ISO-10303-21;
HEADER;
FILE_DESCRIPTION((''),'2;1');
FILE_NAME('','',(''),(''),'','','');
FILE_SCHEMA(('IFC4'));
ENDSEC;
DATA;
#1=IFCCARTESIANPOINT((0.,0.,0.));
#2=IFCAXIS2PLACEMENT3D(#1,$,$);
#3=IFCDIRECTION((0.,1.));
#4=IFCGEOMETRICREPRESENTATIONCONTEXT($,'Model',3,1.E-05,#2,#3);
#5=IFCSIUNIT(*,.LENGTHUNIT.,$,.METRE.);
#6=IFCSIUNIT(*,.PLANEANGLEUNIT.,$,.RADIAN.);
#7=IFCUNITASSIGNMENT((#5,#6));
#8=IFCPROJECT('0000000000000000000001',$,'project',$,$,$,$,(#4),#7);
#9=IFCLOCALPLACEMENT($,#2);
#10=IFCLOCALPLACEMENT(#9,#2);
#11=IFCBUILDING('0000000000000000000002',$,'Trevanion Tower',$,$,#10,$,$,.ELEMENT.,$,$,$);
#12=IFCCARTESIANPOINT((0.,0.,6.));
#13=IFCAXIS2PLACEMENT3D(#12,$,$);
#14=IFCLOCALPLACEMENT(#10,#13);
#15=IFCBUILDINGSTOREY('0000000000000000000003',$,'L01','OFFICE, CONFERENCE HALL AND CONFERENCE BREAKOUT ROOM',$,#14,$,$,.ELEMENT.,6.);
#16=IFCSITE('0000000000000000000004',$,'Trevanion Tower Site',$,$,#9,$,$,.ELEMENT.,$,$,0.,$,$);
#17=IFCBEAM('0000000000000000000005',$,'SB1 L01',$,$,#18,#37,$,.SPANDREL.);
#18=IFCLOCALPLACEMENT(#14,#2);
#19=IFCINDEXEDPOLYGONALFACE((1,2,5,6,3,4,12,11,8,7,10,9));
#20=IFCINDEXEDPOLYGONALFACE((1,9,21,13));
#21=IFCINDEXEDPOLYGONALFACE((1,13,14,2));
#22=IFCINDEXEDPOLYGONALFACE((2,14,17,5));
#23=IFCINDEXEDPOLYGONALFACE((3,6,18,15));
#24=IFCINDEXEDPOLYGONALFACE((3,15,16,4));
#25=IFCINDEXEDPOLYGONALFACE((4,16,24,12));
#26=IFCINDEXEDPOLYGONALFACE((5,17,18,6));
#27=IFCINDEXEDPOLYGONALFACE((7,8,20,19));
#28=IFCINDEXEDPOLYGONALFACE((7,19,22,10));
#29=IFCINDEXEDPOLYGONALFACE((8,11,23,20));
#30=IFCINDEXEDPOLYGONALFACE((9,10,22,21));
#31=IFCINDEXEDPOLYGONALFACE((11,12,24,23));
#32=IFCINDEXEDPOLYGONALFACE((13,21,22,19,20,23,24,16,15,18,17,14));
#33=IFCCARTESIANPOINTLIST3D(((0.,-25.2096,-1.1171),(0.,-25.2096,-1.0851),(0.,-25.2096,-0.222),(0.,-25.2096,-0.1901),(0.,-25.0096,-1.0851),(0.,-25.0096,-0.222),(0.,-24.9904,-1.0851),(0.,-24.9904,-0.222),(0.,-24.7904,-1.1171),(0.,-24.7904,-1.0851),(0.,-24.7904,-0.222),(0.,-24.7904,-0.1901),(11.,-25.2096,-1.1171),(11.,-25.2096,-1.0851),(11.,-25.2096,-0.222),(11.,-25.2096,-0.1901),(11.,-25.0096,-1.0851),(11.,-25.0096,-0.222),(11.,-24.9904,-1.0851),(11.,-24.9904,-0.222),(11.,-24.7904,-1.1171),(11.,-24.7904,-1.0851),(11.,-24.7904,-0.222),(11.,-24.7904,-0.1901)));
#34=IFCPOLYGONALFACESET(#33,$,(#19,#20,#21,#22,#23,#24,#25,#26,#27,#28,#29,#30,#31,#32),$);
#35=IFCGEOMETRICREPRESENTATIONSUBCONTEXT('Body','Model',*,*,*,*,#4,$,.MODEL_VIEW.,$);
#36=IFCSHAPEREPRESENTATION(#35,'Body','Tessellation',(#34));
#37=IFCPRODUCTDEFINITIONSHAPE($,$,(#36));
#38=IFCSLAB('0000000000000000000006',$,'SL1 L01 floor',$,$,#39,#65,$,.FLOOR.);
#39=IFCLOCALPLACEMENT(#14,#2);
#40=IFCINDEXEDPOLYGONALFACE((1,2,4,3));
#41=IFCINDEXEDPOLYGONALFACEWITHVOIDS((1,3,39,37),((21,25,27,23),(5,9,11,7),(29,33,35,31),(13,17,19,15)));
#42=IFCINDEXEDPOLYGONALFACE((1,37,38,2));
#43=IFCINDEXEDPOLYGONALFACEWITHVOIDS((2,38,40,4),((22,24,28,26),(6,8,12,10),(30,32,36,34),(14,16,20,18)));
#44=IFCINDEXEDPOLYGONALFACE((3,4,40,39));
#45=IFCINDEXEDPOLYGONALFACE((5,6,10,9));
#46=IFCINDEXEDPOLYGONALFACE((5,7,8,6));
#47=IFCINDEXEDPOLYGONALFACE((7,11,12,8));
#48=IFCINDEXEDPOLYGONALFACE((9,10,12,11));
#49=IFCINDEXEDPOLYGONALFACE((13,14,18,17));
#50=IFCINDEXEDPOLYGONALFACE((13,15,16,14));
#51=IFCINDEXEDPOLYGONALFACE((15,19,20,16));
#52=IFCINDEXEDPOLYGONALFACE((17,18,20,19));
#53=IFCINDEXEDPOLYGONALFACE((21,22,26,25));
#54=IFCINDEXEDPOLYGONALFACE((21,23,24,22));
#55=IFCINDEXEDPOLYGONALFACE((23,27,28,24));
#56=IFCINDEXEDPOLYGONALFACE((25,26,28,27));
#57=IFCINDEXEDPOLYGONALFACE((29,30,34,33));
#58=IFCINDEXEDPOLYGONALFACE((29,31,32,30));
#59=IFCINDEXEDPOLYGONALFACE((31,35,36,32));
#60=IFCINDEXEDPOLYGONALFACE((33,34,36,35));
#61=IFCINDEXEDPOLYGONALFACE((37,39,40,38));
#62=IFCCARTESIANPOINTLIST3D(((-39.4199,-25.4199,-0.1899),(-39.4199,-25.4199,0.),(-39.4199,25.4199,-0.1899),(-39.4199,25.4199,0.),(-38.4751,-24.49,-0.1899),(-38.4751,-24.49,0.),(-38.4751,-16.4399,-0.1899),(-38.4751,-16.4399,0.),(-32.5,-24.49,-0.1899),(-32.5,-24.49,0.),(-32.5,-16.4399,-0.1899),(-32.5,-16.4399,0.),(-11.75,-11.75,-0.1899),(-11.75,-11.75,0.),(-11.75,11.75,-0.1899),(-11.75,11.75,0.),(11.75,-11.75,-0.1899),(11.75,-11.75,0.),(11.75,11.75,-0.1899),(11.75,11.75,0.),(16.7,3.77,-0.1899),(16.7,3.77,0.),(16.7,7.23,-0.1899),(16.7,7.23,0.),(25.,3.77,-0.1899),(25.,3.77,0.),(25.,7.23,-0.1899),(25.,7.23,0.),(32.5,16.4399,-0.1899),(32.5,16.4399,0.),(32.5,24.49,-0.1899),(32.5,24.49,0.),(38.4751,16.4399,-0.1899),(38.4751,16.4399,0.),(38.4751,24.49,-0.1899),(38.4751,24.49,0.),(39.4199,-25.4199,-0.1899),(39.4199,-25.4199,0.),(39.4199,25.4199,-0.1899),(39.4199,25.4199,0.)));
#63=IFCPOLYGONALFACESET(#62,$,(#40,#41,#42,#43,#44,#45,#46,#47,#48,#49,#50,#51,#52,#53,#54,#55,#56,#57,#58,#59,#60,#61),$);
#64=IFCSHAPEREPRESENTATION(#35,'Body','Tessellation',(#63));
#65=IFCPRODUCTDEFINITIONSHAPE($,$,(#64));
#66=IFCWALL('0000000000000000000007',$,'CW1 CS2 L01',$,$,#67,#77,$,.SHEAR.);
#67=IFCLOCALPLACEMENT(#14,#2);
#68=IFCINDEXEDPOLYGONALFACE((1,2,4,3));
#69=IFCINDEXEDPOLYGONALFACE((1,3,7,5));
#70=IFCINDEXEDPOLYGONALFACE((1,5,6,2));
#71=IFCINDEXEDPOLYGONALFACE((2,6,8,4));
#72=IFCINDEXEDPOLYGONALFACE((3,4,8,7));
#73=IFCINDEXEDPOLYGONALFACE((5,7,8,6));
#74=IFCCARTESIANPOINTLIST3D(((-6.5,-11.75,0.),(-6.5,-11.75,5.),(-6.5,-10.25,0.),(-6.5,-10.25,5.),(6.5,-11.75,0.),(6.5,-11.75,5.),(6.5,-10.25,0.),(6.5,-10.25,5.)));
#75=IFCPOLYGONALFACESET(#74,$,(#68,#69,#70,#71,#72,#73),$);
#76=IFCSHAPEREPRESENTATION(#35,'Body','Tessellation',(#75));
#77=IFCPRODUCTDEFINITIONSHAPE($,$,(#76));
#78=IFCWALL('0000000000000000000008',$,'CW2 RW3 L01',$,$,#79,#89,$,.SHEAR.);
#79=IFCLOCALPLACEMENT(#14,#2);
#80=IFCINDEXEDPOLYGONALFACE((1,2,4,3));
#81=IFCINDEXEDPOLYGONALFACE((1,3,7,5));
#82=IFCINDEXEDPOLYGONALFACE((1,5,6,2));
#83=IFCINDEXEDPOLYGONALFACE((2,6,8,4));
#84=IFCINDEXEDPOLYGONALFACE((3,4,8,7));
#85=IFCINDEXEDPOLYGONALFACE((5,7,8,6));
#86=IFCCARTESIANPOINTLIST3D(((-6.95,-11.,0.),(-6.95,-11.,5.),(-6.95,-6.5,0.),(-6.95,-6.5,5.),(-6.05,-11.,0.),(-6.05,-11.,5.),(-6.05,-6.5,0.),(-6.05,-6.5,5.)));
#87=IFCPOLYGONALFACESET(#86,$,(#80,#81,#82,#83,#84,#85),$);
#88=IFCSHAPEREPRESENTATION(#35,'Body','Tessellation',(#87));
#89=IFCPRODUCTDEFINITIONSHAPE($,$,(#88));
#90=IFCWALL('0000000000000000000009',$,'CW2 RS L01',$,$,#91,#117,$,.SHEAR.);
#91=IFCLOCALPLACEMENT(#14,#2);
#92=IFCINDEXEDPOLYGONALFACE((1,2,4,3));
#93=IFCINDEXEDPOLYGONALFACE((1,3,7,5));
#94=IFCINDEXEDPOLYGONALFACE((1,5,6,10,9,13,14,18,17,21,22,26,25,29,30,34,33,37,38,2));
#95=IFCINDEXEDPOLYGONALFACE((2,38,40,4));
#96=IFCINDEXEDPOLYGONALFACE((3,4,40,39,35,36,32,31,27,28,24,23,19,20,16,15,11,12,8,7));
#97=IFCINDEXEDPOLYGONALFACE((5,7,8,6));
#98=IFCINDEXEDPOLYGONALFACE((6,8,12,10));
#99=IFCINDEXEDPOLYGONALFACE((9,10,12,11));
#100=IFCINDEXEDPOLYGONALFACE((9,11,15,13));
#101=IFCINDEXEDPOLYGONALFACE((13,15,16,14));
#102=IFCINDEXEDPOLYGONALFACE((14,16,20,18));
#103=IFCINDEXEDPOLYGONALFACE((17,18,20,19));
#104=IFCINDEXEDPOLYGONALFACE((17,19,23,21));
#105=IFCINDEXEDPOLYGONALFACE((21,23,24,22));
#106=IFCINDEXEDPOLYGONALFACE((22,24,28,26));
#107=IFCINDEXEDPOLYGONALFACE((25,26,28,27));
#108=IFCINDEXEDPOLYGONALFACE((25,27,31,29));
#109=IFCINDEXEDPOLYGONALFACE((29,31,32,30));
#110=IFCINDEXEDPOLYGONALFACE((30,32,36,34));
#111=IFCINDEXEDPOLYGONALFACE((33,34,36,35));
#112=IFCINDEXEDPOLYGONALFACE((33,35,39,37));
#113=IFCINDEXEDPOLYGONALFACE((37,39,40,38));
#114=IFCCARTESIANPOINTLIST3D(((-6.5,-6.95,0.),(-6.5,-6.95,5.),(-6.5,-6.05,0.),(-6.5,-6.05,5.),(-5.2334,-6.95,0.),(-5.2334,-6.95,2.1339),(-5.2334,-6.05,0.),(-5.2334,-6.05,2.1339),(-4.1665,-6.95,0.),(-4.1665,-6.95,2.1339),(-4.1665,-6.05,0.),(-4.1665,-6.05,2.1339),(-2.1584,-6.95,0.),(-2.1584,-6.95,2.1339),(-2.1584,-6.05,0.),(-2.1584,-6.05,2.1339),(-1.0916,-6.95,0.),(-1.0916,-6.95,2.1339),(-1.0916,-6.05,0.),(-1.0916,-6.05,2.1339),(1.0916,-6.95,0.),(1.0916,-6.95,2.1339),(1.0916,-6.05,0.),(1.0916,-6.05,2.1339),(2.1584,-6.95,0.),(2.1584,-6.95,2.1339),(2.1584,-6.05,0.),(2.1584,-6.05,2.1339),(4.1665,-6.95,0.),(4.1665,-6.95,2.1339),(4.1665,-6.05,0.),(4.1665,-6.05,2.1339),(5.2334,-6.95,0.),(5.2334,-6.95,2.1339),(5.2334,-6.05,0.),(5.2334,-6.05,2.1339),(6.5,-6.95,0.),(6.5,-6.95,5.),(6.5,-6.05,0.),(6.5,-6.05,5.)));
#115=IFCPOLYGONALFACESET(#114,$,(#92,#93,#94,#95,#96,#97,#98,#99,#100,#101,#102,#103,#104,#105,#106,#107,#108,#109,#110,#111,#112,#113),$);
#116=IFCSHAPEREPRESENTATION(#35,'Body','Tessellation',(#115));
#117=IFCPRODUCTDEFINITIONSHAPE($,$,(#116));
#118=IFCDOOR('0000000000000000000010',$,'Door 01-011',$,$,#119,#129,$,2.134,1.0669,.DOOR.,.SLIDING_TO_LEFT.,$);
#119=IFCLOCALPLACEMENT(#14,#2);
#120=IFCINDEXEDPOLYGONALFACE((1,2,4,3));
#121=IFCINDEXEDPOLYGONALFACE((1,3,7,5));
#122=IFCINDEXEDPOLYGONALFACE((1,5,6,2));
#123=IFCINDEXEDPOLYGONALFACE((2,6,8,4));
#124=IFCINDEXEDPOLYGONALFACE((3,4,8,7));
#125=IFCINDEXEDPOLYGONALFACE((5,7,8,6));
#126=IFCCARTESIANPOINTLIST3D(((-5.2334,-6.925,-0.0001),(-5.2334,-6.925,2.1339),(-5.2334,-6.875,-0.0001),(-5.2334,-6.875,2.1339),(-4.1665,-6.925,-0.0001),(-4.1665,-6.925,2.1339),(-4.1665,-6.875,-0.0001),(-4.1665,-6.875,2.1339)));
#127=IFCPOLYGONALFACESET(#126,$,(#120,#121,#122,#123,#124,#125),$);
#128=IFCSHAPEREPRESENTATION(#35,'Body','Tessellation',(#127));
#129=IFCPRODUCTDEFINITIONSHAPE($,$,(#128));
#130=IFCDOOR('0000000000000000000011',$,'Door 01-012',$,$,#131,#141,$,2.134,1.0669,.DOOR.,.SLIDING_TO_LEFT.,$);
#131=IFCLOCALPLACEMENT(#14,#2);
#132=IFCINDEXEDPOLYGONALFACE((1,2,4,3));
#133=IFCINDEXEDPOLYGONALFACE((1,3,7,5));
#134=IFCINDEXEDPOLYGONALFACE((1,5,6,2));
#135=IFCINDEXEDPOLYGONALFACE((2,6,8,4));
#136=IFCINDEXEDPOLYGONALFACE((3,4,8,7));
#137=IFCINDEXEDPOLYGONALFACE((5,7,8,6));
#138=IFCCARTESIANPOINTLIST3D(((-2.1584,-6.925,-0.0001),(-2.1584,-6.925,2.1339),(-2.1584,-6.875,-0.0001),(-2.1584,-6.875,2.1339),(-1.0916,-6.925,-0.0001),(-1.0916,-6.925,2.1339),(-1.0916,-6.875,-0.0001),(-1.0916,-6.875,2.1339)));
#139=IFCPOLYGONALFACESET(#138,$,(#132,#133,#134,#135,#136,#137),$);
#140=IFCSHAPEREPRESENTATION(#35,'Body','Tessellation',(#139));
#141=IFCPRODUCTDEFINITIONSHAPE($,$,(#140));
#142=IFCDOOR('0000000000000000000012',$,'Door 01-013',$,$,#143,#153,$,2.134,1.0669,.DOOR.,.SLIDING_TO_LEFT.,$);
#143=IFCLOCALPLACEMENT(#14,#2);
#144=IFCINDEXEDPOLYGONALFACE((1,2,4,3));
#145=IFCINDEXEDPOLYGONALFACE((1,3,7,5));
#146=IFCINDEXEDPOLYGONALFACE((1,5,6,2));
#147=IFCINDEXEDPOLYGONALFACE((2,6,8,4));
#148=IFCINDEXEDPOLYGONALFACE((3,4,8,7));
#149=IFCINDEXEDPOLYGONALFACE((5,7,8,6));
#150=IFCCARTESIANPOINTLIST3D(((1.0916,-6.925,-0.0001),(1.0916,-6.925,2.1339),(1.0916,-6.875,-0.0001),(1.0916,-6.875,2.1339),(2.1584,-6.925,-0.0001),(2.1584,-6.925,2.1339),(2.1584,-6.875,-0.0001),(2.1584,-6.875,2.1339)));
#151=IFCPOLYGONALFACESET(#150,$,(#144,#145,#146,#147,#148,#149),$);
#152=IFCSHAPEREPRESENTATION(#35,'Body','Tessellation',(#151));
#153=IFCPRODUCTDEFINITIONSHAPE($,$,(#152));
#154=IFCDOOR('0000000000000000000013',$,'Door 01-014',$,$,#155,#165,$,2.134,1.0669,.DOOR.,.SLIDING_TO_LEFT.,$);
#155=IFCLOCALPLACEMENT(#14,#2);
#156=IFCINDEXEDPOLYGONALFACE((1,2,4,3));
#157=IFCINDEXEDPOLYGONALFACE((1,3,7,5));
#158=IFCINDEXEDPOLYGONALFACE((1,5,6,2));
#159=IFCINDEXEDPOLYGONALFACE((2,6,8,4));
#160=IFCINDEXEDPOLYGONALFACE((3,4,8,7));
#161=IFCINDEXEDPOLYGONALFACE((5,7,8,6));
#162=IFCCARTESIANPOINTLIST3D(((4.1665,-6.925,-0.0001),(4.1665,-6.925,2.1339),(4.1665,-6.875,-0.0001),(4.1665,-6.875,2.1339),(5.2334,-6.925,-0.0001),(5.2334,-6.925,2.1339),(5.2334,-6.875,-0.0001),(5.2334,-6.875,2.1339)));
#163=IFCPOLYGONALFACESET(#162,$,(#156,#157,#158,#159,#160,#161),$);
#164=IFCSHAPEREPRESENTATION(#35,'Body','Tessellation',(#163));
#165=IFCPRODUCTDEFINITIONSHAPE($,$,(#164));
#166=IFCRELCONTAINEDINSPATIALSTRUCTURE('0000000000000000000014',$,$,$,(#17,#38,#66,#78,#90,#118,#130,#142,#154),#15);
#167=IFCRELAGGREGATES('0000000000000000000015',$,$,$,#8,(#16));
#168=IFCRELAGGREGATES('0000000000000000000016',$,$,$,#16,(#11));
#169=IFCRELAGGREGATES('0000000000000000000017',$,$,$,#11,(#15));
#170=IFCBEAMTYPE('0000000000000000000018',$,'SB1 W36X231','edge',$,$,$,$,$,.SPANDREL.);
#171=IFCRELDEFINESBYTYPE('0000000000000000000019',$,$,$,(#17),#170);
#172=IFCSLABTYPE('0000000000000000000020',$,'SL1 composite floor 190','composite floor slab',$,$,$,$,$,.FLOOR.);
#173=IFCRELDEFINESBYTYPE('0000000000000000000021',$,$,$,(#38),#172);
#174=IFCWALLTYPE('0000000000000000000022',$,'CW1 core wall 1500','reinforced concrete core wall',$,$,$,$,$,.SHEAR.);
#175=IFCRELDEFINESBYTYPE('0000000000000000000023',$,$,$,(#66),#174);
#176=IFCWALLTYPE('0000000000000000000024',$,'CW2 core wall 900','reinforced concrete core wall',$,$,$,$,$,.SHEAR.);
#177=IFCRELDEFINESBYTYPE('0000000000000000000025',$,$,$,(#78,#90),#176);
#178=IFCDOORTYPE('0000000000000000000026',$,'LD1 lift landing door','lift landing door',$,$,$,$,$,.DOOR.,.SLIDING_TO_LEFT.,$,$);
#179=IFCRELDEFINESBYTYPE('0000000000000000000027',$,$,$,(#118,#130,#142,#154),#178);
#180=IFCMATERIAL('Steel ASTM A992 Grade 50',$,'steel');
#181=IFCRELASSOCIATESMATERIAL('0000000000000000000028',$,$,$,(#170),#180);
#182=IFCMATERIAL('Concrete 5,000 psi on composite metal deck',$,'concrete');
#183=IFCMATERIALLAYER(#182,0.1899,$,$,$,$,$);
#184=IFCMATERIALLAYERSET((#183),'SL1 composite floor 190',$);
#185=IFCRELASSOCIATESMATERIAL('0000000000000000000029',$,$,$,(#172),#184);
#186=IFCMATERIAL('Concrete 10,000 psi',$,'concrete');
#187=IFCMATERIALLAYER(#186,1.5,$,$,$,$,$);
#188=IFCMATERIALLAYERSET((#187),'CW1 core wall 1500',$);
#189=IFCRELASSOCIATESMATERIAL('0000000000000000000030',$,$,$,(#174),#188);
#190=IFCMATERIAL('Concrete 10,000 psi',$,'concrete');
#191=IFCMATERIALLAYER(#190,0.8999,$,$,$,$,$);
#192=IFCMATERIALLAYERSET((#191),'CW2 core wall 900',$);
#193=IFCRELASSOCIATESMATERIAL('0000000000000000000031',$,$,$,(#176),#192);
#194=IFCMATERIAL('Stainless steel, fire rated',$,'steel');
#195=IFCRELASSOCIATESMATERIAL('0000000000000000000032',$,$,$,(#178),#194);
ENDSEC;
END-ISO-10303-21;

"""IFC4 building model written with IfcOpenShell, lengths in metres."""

from ifc_helpers import new_model, si_unit, direction, frame, frame_2d, origin, origin_2d, place, context, subcontext, project, spatial, polyline, rectangle, i_section, outline, extrude, material, layer, layer_set, material_profile, profile_set, type_object, element, fill, save


model = new_model("IFC4")

# Units and contexts
model_context = context("Model", 3, precision=1e-05, world=origin(), true_north=direction((0.0, 1.0)))
body_context = subcontext(model_context, "Body", "Model", "MODEL_VIEW")
ifc_project = project(units=[si_unit("LENGTHUNIT", "METRE"), si_unit("PLANEANGLEUNIT", "RADIAN")], contexts=[model_context])

# Site, building, storey
site_placement = place(None, origin())
site = spatial("IfcSite", under=ifc_project, at=site_placement, Name="Trevanion Tower Site", CompositionType="ELEMENT", RefElevation=0.0)
building_placement = place(site_placement, origin())
building = spatial("IfcBuilding", under=site, at=building_placement, Name="Trevanion Tower", CompositionType="ELEMENT")
storey_placement = place(building_placement, frame((0.0, 0.0, 6.0)))
storey = spatial("IfcBuildingStorey", under=building, at=storey_placement, Name="L01", Description="OFFICE, CONFERENCE HALL AND CONFERENCE BREAKOUT ROOM", CompositionType="ELEMENT", Elevation=6.0)

# Beam
ifc_material_1 = material(Name="Steel ASTM A992 Grade 50", Category="steel")
ifc_material_profile_1 = material_profile(ifc_material_1, i_section(OverallWidth=0.4192, OverallDepth=0.927, WebThickness=0.0193, FlangeThickness=0.032, at=origin_2d()), Name="W36X231")
ifc_profile_set_1 = profile_set([ifc_material_profile_1], Name="Steel ASTM A992 Grade 50")
beam_type_1 = type_object("IfcBeamType", Name="SB1 W36X231", Description="edge", PredefinedType="SPANDREL", material=ifc_profile_set_1)
beam_1_placement = place(storey_placement, frame((0.0, -25.0, -0.6536), z_axis=(1.0, 0.0, 0.0), x_axis=(0.0, 1.0, 0.0)))
element("IfcBeam", 1, at=beam_1_placement, inside=storey, type_object=beam_type_1, Name="SB1 L01", PredefinedType="SPANDREL", context=body_context, shape_type="SweptSolid", body=[
    extrude(i_section(OverallWidth=0.4192, OverallDepth=0.927, WebThickness=0.0193, FlangeThickness=0.032, at=origin_2d()), origin(), (0.0, 0.0, 1.0), 11.0),
])

# Slab
ifc_material_2 = material(Name="Concrete 5,000 psi on composite metal deck", Category="concrete")
ifc_layer_1 = layer(ifc_material_2, 0.1899)
ifc_layer_set_1 = layer_set([ifc_layer_1], Name="SL1 composite floor 190")
slab_type = type_object("IfcSlabType", Name="SL1 composite floor 190", Description="composite floor slab", PredefinedType="FLOOR", material=ifc_layer_set_1)
slab_placement = place(storey_placement, frame((0.0, 0.0, -0.1899)))
element("IfcSlab", 2, at=slab_placement, inside=storey, type_object=slab_type, Name="SL1 L01 floor", PredefinedType="FLOOR", context=body_context, shape_type="SweptSolid", body=[
    extrude(outline(polyline([(39.4199, -25.4199), (39.4199, 25.4199), (-39.4199, 25.4199), (-39.4199, -25.4199), (39.4199, -25.4199)]), holes=[polyline([(11.75, -11.75), (11.75, 11.75), (-11.75, 11.75), (-11.75, -11.75), (11.75, -11.75)]), polyline([(32.5, 16.4399), (38.4751, 16.4399), (38.4751, 24.49), (32.5, 24.49), (32.5, 16.4399)]), polyline([(-32.5, -16.4399), (-38.4751, -16.4399), (-38.4751, -24.49), (-32.5, -24.49), (-32.5, -16.4399)]), polyline([(16.7, 3.77), (25.0, 3.77), (25.0, 7.23), (16.7, 7.23), (16.7, 3.77)])]), origin(), (0.0, 0.0, 1.0), 0.1899),
])

# Walls
ifc_material_3 = material(Name="Concrete 10,000 psi", Category="concrete")
ifc_layer_2 = layer(ifc_material_3, 1.5)
ifc_layer_set_2 = layer_set([ifc_layer_2], Name="CW1 core wall 1500")
wall_type_1 = type_object("IfcWallType", Name="CW1 core wall 1500", Description="reinforced concrete core wall", PredefinedType="SHEAR", material=ifc_layer_set_2)
wall_1_placement = place(storey_placement, frame((-6.5, -11.0, 0.0), z_axis=(0.0, 0.0, 1.0), x_axis=(1.0, 0.0, 0.0)))
element("IfcWall", 3, at=wall_1_placement, inside=storey, type_object=wall_type_1, Name="CW1 CS2 L01", PredefinedType="SHEAR", context=body_context, shape_type="SweptSolid", body=[
    extrude(rectangle(XDim=13.0, YDim=1.5, at=frame_2d((6.5, 0.0))), origin(), (0.0, 0.0, 1.0), 5.0),
])
ifc_material_4 = material(Name="Concrete 10,000 psi", Category="concrete")
ifc_layer_3 = layer(ifc_material_4, 0.8999)
ifc_layer_set_3 = layer_set([ifc_layer_3], Name="CW2 core wall 900")
wall_type_2 = type_object("IfcWallType", Name="CW2 core wall 900", Description="reinforced concrete core wall", PredefinedType="SHEAR", material=ifc_layer_set_3)
wall_2_placement = place(storey_placement, frame((-6.5, -6.5, 0.0), z_axis=(0.0, 0.0, 1.0), x_axis=(0.0, -1.0, 0.0)))
element("IfcWall", 4, at=wall_2_placement, inside=storey, type_object=wall_type_2, Name="CW2 RW3 L01", PredefinedType="SHEAR", context=body_context, shape_type="SweptSolid", body=[
    extrude(rectangle(XDim=4.5, YDim=0.8999, at=frame_2d((2.25, 0.0))), origin(), (0.0, 0.0, 1.0), 5.0),
])

# Wall, openings, doors
wall_3_placement = place(storey_placement, frame((-6.5, -6.5, 0.0), z_axis=(0.0, 0.0, 1.0), x_axis=(1.0, 0.0, 0.0)))
wall_3 = element("IfcWall", 5, at=wall_3_placement, inside=storey, type_object=wall_type_2, Name="CW2 RS L01", PredefinedType="SHEAR", context=body_context, shape_type="SweptSolid", body=[
    extrude(rectangle(XDim=13.0, YDim=0.8999, at=frame_2d((6.5, 0.0))), origin(), (0.0, 0.0, 1.0), 5.0),
])
opening_1_placement = place(wall_3_placement, frame((1.2666, 0.0, 0.0)))
opening_1 = element("IfcOpeningElement", 6, at=opening_1_placement, cuts=wall_3, PredefinedType="OPENING", context=body_context, shape_type="SweptSolid", body=[
    extrude(rectangle(XDim=1.0669, YDim=2.134, at=frame_2d((0.5334, 1.0669))), frame((0.0, 0.46, 0.0), z_axis=(0.0, -1.0, 0.0), x_axis=(1.0, 0.0, 0.0)), (0.0, 0.0, 1.0), 0.9199),
])
opening_2_placement = place(wall_3_placement, frame((4.3416, 0.0, 0.0)))
opening_2 = element("IfcOpeningElement", 7, at=opening_2_placement, cuts=wall_3, PredefinedType="OPENING", context=body_context, shape_type="SweptSolid", body=[
    extrude(rectangle(XDim=1.0669, YDim=2.134, at=frame_2d((0.5334, 1.0669))), frame((0.0, 0.46, 0.0), z_axis=(0.0, -1.0, 0.0), x_axis=(1.0, 0.0, 0.0)), (0.0, 0.0, 1.0), 0.9199),
])
opening_3_placement = place(wall_3_placement, frame((7.5916, 0.0, 0.0)))
opening_3 = element("IfcOpeningElement", 8, at=opening_3_placement, cuts=wall_3, PredefinedType="OPENING", context=body_context, shape_type="SweptSolid", body=[
    extrude(rectangle(XDim=1.0669, YDim=2.134, at=frame_2d((0.5334, 1.0669))), frame((0.0, 0.46, 0.0), z_axis=(0.0, -1.0, 0.0), x_axis=(1.0, 0.0, 0.0)), (0.0, 0.0, 1.0), 0.9199),
])
opening_4_placement = place(wall_3_placement, frame((10.6665, 0.0, 0.0)))
opening_4 = element("IfcOpeningElement", 9, at=opening_4_placement, cuts=wall_3, PredefinedType="OPENING", context=body_context, shape_type="SweptSolid", body=[
    extrude(rectangle(XDim=1.0669, YDim=2.134, at=frame_2d((0.5334, 1.0669))), frame((0.0, 0.46, 0.0), z_axis=(0.0, -1.0, 0.0), x_axis=(1.0, 0.0, 0.0)), (0.0, 0.0, 1.0), 0.9199),
])
ifc_material_5 = material(Name="Stainless steel, fire rated", Category="steel")
door_type_1 = type_object("IfcDoorType", Name="LD1 lift landing door", Description="lift landing door", OperationType="SLIDING_TO_LEFT", PredefinedType="DOOR", material=ifc_material_5)
door_1_placement = place(opening_1_placement, origin())
door_1 = element("IfcDoor", 10, at=door_1_placement, inside=storey, type_object=door_type_1, Name="Door 01-011", OperationType="SLIDING_TO_LEFT", OverallHeight=2.134, OverallWidth=1.0669, PredefinedType="DOOR", context=body_context, shape_type="SweptSolid", body=[
    extrude(rectangle(XDim=1.0669, YDim=2.134, at=frame_2d((0.5334, 1.0669))), frame((0.0, -0.375, 0.0), z_axis=(0.0, -1.0, 0.0), x_axis=(1.0, 0.0, 0.0)), (0.0, 0.0, 1.0), 0.05),
])
fill(opening_1, door_1)
door_2_placement = place(opening_2_placement, origin())
door_2 = element("IfcDoor", 11, at=door_2_placement, inside=storey, type_object=door_type_1, Name="Door 01-012", OperationType="SLIDING_TO_LEFT", OverallHeight=2.134, OverallWidth=1.0669, PredefinedType="DOOR", context=body_context, shape_type="SweptSolid", body=[
    extrude(rectangle(XDim=1.0669, YDim=2.134, at=frame_2d((0.5334, 1.0669))), frame((0.0, -0.375, 0.0), z_axis=(0.0, -1.0, 0.0), x_axis=(1.0, 0.0, 0.0)), (0.0, 0.0, 1.0), 0.05),
])
fill(opening_2, door_2)
door_3_placement = place(opening_3_placement, origin())
door_3 = element("IfcDoor", 12, at=door_3_placement, inside=storey, type_object=door_type_1, Name="Door 01-013", OperationType="SLIDING_TO_LEFT", OverallHeight=2.134, OverallWidth=1.0669, PredefinedType="DOOR", context=body_context, shape_type="SweptSolid", body=[
    extrude(rectangle(XDim=1.0669, YDim=2.134, at=frame_2d((0.5334, 1.0669))), frame((0.0, -0.375, 0.0), z_axis=(0.0, -1.0, 0.0), x_axis=(1.0, 0.0, 0.0)), (0.0, 0.0, 1.0), 0.05),
])
fill(opening_3, door_3)
door_4_placement = place(opening_4_placement, origin())
door_4 = element("IfcDoor", 13, at=door_4_placement, inside=storey, type_object=door_type_1, Name="Door 01-014", OperationType="SLIDING_TO_LEFT", OverallHeight=2.134, OverallWidth=1.0669, PredefinedType="DOOR", context=body_context, shape_type="SweptSolid", body=[
    extrude(rectangle(XDim=1.0669, YDim=2.134, at=frame_2d((0.5334, 1.0669))), frame((0.0, -0.375, 0.0), z_axis=(0.0, -1.0, 0.0), x_axis=(1.0, 0.0, 0.0)), (0.0, 0.0, 1.0), 0.05),
])
fill(opening_4, door_4)

save(model, "model.ifc")
